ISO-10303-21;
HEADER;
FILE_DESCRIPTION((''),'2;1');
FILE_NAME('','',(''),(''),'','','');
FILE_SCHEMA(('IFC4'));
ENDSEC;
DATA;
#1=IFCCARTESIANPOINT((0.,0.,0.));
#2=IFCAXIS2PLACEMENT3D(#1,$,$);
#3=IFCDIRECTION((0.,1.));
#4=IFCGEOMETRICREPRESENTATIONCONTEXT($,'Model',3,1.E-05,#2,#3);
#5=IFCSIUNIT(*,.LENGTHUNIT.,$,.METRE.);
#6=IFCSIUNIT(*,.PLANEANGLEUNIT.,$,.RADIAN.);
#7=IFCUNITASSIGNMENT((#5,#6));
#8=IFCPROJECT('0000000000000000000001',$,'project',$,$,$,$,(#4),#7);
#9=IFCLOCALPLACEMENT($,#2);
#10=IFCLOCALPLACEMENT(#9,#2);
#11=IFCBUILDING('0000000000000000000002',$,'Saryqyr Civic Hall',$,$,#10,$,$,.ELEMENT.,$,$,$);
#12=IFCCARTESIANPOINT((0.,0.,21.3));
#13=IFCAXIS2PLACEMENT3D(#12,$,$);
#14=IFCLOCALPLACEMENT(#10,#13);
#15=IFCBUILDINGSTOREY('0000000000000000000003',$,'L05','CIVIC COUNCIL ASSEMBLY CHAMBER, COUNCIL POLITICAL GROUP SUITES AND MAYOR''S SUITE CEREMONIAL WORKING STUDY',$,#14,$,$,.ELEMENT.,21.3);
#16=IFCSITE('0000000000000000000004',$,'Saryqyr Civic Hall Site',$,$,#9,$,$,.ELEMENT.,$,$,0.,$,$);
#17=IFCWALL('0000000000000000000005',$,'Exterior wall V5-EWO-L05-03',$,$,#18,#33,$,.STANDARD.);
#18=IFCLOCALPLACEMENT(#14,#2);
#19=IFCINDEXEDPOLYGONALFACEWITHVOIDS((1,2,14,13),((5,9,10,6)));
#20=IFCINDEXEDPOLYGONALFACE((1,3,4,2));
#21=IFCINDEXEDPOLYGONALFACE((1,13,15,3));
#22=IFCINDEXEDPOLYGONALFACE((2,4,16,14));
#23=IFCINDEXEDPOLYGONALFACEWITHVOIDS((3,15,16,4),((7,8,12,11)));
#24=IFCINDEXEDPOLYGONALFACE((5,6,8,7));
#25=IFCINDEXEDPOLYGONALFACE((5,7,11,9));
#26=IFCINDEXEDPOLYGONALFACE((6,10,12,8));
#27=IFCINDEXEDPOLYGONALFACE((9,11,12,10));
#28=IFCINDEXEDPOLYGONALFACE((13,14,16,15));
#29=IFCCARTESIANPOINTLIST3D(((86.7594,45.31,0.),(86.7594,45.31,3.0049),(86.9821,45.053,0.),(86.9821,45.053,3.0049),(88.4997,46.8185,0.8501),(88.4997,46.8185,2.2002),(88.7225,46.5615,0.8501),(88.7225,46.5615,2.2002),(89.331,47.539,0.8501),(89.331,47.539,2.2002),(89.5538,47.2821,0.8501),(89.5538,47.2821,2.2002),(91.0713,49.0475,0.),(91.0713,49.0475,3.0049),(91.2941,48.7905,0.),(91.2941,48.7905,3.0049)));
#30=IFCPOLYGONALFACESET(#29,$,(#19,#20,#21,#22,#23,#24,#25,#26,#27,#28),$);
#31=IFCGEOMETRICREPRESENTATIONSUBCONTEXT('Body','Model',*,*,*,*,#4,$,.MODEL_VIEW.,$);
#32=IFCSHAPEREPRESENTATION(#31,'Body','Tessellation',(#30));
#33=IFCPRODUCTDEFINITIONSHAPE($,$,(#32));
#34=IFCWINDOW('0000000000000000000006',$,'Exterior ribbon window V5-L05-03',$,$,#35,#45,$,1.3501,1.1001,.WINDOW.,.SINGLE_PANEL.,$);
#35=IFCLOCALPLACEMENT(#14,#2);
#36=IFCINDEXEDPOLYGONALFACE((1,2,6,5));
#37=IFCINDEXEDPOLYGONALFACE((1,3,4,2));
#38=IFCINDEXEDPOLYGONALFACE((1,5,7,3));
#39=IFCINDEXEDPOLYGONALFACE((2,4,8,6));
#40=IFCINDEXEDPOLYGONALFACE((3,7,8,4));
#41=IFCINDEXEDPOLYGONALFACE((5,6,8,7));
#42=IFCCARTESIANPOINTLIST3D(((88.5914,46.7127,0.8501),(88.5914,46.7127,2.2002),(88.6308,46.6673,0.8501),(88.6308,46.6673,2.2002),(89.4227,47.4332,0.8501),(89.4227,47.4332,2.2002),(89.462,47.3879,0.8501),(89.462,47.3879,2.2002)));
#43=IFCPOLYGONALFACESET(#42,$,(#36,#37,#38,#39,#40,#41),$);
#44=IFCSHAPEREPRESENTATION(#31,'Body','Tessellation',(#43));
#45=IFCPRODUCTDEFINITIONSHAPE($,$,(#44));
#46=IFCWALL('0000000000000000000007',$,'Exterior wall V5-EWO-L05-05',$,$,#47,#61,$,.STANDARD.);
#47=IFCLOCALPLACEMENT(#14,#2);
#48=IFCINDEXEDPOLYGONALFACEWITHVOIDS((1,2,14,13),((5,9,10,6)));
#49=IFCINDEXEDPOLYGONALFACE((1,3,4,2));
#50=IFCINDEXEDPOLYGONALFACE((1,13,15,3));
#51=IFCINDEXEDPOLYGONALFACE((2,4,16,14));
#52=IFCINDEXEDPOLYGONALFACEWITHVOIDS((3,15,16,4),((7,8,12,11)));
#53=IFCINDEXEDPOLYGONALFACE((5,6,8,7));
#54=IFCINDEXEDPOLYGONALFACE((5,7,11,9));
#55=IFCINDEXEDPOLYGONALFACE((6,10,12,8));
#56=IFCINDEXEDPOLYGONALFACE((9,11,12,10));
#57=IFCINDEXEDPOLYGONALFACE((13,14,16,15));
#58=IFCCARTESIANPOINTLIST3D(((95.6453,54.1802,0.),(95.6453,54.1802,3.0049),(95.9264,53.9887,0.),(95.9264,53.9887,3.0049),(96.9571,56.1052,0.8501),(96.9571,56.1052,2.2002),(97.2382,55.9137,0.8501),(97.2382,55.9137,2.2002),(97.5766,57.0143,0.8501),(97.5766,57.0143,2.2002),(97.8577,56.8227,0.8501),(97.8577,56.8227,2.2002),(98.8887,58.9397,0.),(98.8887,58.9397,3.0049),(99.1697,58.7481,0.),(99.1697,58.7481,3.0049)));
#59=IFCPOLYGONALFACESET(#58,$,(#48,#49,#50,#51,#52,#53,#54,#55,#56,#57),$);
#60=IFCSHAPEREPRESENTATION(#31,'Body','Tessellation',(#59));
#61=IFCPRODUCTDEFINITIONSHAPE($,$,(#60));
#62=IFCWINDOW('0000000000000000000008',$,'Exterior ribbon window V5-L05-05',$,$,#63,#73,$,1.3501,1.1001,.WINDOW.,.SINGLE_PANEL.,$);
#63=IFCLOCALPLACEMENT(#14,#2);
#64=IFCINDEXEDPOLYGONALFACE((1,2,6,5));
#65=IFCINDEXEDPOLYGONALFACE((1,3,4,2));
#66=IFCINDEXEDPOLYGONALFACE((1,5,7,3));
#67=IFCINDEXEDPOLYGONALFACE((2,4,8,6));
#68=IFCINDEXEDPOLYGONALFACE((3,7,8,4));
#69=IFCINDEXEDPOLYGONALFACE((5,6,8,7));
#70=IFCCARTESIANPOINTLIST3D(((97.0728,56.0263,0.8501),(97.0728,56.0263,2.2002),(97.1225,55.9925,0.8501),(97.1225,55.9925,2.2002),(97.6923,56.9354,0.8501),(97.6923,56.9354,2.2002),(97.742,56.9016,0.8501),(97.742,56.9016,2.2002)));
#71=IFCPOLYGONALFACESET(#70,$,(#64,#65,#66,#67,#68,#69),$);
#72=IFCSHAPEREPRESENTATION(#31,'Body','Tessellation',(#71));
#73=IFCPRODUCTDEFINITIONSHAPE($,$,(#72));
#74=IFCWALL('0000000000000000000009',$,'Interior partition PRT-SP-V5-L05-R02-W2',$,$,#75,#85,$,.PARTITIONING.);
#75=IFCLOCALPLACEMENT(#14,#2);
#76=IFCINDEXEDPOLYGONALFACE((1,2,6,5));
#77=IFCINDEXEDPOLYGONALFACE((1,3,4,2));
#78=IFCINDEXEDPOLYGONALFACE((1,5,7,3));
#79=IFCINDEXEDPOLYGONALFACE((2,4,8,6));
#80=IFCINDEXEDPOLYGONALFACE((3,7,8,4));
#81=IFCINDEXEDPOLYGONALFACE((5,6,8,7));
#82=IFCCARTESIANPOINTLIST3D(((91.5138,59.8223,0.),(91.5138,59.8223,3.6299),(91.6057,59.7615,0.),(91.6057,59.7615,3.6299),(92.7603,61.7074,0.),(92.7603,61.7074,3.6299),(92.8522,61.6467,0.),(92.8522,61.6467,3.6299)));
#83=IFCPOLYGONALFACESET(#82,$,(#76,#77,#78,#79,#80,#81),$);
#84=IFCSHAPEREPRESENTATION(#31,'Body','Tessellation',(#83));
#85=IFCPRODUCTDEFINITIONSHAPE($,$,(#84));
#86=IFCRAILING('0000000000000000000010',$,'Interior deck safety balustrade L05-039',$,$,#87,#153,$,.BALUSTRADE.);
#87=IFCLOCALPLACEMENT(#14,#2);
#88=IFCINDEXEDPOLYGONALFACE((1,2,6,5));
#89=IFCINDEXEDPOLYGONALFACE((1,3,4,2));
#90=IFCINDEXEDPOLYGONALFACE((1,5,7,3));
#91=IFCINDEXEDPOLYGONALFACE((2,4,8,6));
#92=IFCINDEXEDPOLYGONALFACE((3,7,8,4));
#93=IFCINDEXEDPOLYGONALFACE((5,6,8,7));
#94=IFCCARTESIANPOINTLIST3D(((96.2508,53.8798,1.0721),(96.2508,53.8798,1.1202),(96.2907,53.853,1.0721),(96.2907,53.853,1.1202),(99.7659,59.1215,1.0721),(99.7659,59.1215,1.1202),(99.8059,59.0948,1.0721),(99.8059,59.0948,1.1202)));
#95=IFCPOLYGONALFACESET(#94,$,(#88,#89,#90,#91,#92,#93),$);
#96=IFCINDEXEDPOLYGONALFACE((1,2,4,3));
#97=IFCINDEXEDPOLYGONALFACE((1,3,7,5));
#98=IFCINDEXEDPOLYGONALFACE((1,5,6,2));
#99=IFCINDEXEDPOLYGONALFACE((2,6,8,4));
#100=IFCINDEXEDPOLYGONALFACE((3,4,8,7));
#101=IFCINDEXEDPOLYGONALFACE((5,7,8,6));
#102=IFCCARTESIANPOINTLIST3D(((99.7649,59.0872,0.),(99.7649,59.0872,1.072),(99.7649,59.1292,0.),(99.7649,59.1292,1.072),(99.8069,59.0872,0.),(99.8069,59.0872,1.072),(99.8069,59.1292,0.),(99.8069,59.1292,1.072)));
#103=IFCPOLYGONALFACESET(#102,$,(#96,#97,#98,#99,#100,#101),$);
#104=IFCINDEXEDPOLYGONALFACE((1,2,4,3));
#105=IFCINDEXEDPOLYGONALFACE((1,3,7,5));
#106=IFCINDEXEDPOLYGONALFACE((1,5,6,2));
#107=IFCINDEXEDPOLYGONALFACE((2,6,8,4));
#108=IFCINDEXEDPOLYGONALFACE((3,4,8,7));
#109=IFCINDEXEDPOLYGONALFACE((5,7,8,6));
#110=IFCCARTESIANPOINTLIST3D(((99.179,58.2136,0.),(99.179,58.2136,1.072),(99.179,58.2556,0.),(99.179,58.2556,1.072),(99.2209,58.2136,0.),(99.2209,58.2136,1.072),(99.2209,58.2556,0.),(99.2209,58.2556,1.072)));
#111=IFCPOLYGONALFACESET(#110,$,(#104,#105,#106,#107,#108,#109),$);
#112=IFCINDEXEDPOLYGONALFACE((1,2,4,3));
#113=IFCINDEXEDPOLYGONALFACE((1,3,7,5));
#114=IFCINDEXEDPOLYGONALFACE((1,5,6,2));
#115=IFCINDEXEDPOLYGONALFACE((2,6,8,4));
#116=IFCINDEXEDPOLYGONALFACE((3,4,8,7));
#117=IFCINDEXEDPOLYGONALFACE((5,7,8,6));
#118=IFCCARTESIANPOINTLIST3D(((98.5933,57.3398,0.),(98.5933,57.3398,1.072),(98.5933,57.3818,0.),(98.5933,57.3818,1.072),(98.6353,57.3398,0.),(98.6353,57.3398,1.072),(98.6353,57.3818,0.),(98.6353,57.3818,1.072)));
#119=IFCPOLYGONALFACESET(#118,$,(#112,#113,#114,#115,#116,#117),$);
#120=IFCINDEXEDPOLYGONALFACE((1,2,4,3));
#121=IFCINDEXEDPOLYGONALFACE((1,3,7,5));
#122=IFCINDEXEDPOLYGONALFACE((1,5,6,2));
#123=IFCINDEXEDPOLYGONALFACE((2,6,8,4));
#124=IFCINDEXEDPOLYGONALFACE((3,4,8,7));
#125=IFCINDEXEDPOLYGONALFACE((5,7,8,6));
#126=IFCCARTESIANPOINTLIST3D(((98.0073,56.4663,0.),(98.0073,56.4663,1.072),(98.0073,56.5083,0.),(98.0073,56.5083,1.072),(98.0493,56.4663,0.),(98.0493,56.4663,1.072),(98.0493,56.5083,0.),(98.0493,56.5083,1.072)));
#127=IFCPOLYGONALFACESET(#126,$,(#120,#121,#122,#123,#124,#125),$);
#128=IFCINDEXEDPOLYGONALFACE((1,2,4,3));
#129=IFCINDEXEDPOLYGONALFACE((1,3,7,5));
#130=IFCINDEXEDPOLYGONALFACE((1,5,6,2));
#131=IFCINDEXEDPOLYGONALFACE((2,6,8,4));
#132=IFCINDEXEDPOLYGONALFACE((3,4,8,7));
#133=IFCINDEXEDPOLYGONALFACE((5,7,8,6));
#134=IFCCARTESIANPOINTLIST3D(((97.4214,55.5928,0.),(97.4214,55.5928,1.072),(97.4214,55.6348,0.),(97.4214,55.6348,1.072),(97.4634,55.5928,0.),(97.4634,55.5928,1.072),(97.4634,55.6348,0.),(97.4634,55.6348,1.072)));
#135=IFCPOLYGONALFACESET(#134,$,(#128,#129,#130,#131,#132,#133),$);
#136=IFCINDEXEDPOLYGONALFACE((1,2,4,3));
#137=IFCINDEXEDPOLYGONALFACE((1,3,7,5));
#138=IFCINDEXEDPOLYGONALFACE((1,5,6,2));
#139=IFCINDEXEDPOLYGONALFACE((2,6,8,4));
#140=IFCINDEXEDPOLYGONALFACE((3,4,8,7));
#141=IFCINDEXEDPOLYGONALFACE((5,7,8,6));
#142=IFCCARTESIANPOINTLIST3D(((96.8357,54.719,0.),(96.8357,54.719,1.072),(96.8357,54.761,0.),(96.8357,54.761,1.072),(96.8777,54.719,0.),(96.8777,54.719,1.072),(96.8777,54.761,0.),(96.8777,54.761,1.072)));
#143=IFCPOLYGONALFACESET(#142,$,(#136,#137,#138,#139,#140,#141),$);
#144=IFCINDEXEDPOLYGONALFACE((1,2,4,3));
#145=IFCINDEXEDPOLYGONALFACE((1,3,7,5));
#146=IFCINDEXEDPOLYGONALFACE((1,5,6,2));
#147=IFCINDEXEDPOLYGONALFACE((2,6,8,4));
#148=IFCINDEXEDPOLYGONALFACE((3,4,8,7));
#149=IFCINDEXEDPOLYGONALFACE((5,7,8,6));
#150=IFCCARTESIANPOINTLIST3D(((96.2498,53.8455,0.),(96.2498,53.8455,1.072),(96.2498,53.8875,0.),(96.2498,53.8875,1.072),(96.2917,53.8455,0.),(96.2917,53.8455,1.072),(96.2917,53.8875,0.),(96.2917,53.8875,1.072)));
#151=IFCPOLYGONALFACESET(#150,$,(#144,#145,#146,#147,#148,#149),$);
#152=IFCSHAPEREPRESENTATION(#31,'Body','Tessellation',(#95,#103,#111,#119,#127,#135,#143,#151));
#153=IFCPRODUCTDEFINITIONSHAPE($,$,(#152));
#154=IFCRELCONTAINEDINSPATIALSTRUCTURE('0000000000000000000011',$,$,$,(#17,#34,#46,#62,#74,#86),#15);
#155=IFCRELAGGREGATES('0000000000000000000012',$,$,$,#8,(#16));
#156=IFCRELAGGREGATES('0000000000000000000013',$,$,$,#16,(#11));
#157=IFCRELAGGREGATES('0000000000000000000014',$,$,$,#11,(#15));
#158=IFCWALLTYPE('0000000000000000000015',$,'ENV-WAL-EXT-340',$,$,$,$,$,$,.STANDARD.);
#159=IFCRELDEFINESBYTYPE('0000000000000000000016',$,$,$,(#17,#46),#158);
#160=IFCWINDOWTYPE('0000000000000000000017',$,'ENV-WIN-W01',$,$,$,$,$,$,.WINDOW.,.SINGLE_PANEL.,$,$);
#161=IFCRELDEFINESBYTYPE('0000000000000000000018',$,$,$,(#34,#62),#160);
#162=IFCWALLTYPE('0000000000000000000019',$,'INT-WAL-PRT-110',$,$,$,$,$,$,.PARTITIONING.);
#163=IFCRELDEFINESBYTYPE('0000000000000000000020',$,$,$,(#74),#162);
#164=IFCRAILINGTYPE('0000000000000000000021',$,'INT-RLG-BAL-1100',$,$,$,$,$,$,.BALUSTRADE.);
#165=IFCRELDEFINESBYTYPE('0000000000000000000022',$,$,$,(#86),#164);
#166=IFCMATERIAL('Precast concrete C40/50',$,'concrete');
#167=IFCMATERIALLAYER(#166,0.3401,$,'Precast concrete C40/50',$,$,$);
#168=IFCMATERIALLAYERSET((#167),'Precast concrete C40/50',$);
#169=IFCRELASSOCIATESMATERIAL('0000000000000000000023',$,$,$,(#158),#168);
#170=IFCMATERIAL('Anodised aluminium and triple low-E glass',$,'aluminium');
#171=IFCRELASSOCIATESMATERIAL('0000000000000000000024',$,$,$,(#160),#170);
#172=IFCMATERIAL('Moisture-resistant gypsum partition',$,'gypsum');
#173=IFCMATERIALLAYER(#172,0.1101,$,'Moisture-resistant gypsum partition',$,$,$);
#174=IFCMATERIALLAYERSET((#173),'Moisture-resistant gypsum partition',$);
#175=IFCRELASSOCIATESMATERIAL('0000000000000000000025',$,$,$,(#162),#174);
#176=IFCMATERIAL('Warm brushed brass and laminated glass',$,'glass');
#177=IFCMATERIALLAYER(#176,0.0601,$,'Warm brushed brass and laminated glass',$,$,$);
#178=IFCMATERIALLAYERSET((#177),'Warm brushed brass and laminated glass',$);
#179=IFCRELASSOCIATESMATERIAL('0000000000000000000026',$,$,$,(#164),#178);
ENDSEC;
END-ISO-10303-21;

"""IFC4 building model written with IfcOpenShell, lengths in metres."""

from ifc_helpers import new_model, si_unit, direction, frame, frame_2d, origin, origin_2d, place, context, subcontext, project, spatial, rectangle, extrude, material, layer, layer_set, type_object, element, fill, save


model = new_model("IFC4")

# Units and contexts
model_context = context("Model", 3, precision=1e-05, world=origin(), true_north=direction((0.0, 1.0)))
body_context = subcontext(model_context, "Body", "Model", "MODEL_VIEW")
ifc_project = project(units=[si_unit("LENGTHUNIT", "METRE"), si_unit("PLANEANGLEUNIT", "RADIAN")], contexts=[model_context])

# Site, building, storey
site_placement = place(None, origin())
site = spatial("IfcSite", under=ifc_project, at=site_placement, Name="Saryqyr Civic Hall Site", CompositionType="ELEMENT", RefElevation=0.0)
building_placement = place(site_placement, origin())
building = spatial("IfcBuilding", under=site, at=building_placement, Name="Saryqyr Civic Hall", CompositionType="ELEMENT")
storey_placement = place(building_placement, frame((0.0, 0.0, 21.3)))
storey = spatial("IfcBuildingStorey", under=building, at=storey_placement, Name="L05", Description="CIVIC COUNCIL ASSEMBLY CHAMBER, COUNCIL POLITICAL GROUP SUITES AND MAYOR'S SUITE CEREMONIAL WORKING STUDY", CompositionType="ELEMENT", Elevation=21.3)

# Shared definitions
ifc_material_1 = material(Name="Anodised aluminium and triple low-E glass", Category="aluminium")

# Shared definitions
ifc_material_2 = material(Name="Precast concrete C40/50", Category="concrete")

# Walls, openings, windows
ifc_layer_1 = layer(ifc_material_2, 0.3401, Name="Precast concrete C40/50")
ifc_layer_set_1 = layer_set([ifc_layer_1], Name="Precast concrete C40/50")
wall_type_1 = type_object("IfcWallType", Name="ENV-WAL-EXT-340", PredefinedType="STANDARD", material=ifc_layer_set_1)
wall_1_placement = place(storey_placement, frame((91.1826, 48.9189, 0.0), z_axis=(0.0, 0.0, 1.0), x_axis=(-0.755648, -0.654978, 0.0)))
wall_1 = element("IfcWall", 1, at=wall_1_placement, inside=storey, type_object=wall_type_1, Name="Exterior wall V5-EWO-L05-03", PredefinedType="STANDARD", context=body_context, shape_type="SweptSolid", body=[
    extrude(rectangle(XDim=5.7063, YDim=0.3401, at=frame_2d((2.853, 0.0))), origin(), (0.0, 0.0, 1.0), 3.0049),
])
opening_1_placement = place(wall_1_placement, frame((2.303, 0.0, 0.8501)))
opening_1 = element("IfcOpeningElement", 2, at=opening_1_placement, cuts=wall_1, PredefinedType="OPENING", context=body_context, shape_type="SweptSolid", body=[
    extrude(rectangle(XDim=1.1001, YDim=1.3501, at=frame_2d((0.55, 0.675))), frame((0.0, 0.1799, 0.0), z_axis=(0.0, -1.0, 0.0), x_axis=(1.0, 0.0, 0.0)), (0.0, 0.0, 1.0), 0.3601),
])
window_type = type_object("IfcWindowType", Name="ENV-WIN-W01", PartitioningType="SINGLE_PANEL", PredefinedType="WINDOW", material=ifc_material_1)
window_1_placement = place(opening_1_placement, origin())
window_1 = element("IfcWindow", 3, at=window_1_placement, inside=storey, type_object=window_type, Name="Exterior ribbon window V5-L05-03", OverallHeight=1.3501, OverallWidth=1.1001, PartitioningType="SINGLE_PANEL", PredefinedType="WINDOW", context=body_context, shape_type="SweptSolid", body=[
    extrude(rectangle(XDim=1.1001, YDim=1.3501, at=frame_2d((0.55, 0.675))), frame((0.0, 0.03, 0.0), z_axis=(0.0, -1.0, 0.0), x_axis=(1.0, 0.0, 0.0)), (0.0, 0.0, 1.0), 0.0601),
])
fill(opening_1, window_1)
wall_2_placement = place(storey_placement, frame((99.0293, 58.844, 0.0), z_axis=(0.0, 0.0, 1.0), x_axis=(-0.563133, -0.826366, 0.0)))
wall_2 = element("IfcWall", 4, at=wall_2_placement, inside=storey, type_object=wall_type_1, Name="Exterior wall V5-EWO-L05-05", PredefinedType="STANDARD", context=body_context, shape_type="SweptSolid", body=[
    extrude(rectangle(XDim=5.7595, YDim=0.3401, at=frame_2d((2.8799, 0.0))), origin(), (0.0, 0.0, 1.0), 3.0049),
])
opening_2_placement = place(wall_2_placement, frame((2.3301, 0.0, 0.8501)))
opening_2 = element("IfcOpeningElement", 5, at=opening_2_placement, cuts=wall_2, PredefinedType="OPENING", context=body_context, shape_type="SweptSolid", body=[
    extrude(rectangle(XDim=1.1001, YDim=1.3501, at=frame_2d((0.55, 0.675))), frame((0.0, 0.1799, 0.0), z_axis=(0.0, -1.0, 0.0), x_axis=(1.0, 0.0, 0.0)), (0.0, 0.0, 1.0), 0.3601),
])
window_2_placement = place(opening_2_placement, origin())
window_2 = element("IfcWindow", 6, at=window_2_placement, inside=storey, type_object=window_type, Name="Exterior ribbon window V5-L05-05", OverallHeight=1.3501, OverallWidth=1.1001, PartitioningType="SINGLE_PANEL", PredefinedType="WINDOW", context=body_context, shape_type="SweptSolid", body=[
    extrude(rectangle(XDim=1.1001, YDim=1.3501, at=frame_2d((0.55, 0.675))), frame((0.0, 0.03, 0.0), z_axis=(0.0, -1.0, 0.0), x_axis=(1.0, 0.0, 0.0)), (0.0, 0.0, 1.0), 0.0601),
])
fill(opening_2, window_2)

# Wall
ifc_material_3 = material(Name="Moisture-resistant gypsum partition", Category="gypsum")
ifc_layer_2 = layer(ifc_material_3, 0.1101, Name="Moisture-resistant gypsum partition")
ifc_layer_set_2 = layer_set([ifc_layer_2], Name="Moisture-resistant gypsum partition")
wall_type_2 = type_object("IfcWallType", Name="INT-WAL-PRT-110", PredefinedType="PARTITIONING", material=ifc_layer_set_2)
wall_3_placement = place(storey_placement, frame((91.5598, 59.792, 0.0), z_axis=(0.0, 0.0, 1.0), x_axis=(0.551555, 0.834138, 0.0)))
element("IfcWall", 7, at=wall_3_placement, inside=storey, type_object=wall_type_2, Name="Interior partition PRT-SP-V5-L05-R02-W2", PredefinedType="PARTITIONING", context=body_context, shape_type="SweptSolid", body=[
    extrude(rectangle(XDim=2.26, YDim=0.1101, at=frame_2d((1.1299, 0.0))), origin(), (0.0, 0.0, 1.0), 3.6299),
])

# Railing
ifc_material_4 = material(Name="Warm brushed brass and laminated glass", Category="glass")
ifc_layer_3 = layer(ifc_material_4, 0.0601, Name="Warm brushed brass and laminated glass")
ifc_layer_set_3 = layer_set([ifc_layer_3], Name="Warm brushed brass and laminated glass")
railing_type = type_object("IfcRailingType", Name="INT-RLG-BAL-1100", PredefinedType="BALUSTRADE", material=ifc_layer_set_3)
railing_1_placement = place(storey_placement, frame((99.7859, 59.1082, 0.0)))
element("IfcRailing", 8, at=railing_1_placement, inside=storey, type_object=railing_type, Name="Interior deck safety balustrade L05-039", PredefinedType="BALUSTRADE", context=body_context, shape_type="SweptSolid", body=[
    extrude(rectangle(XDim=0.0481, YDim=0.0481, at=origin_2d()), frame((0.0, 0.0, 1.0962), z_axis=(-0.556966, -0.830536, 0.0), x_axis=(0.830536, -0.556966, 0.0)), (0.0, 0.0, 1.0), 6.3113),
    extrude(rectangle(XDim=0.042, YDim=0.042, at=origin_2d()), origin(), (0.0, 0.0, 1.0), 1.072),
    extrude(rectangle(XDim=0.042, YDim=0.042, at=origin_2d()), frame((-0.5859, -0.8735, 0.0)), (0.0, 0.0, 1.0), 1.072),
    extrude(rectangle(XDim=0.042, YDim=0.042, at=origin_2d()), frame((-1.1716, -1.7473, 0.0)), (0.0, 0.0, 1.0), 1.072),
    extrude(rectangle(XDim=0.042, YDim=0.042, at=origin_2d()), frame((-1.7576, -2.6208, 0.0)), (0.0, 0.0, 1.0), 1.072),
    extrude(rectangle(XDim=0.042, YDim=0.042, at=origin_2d()), frame((-2.3435, -3.4944, 0.0)), (0.0, 0.0, 1.0), 1.072),
    extrude(rectangle(XDim=0.042, YDim=0.042, at=origin_2d()), frame((-2.9292, -4.3682, 0.0)), (0.0, 0.0, 1.0), 1.072),
    extrude(rectangle(XDim=0.042, YDim=0.042, at=origin_2d()), frame((-3.5151, -5.2417, 0.0)), (0.0, 0.0, 1.0), 1.072),
])

save(model, "model.ifc")
